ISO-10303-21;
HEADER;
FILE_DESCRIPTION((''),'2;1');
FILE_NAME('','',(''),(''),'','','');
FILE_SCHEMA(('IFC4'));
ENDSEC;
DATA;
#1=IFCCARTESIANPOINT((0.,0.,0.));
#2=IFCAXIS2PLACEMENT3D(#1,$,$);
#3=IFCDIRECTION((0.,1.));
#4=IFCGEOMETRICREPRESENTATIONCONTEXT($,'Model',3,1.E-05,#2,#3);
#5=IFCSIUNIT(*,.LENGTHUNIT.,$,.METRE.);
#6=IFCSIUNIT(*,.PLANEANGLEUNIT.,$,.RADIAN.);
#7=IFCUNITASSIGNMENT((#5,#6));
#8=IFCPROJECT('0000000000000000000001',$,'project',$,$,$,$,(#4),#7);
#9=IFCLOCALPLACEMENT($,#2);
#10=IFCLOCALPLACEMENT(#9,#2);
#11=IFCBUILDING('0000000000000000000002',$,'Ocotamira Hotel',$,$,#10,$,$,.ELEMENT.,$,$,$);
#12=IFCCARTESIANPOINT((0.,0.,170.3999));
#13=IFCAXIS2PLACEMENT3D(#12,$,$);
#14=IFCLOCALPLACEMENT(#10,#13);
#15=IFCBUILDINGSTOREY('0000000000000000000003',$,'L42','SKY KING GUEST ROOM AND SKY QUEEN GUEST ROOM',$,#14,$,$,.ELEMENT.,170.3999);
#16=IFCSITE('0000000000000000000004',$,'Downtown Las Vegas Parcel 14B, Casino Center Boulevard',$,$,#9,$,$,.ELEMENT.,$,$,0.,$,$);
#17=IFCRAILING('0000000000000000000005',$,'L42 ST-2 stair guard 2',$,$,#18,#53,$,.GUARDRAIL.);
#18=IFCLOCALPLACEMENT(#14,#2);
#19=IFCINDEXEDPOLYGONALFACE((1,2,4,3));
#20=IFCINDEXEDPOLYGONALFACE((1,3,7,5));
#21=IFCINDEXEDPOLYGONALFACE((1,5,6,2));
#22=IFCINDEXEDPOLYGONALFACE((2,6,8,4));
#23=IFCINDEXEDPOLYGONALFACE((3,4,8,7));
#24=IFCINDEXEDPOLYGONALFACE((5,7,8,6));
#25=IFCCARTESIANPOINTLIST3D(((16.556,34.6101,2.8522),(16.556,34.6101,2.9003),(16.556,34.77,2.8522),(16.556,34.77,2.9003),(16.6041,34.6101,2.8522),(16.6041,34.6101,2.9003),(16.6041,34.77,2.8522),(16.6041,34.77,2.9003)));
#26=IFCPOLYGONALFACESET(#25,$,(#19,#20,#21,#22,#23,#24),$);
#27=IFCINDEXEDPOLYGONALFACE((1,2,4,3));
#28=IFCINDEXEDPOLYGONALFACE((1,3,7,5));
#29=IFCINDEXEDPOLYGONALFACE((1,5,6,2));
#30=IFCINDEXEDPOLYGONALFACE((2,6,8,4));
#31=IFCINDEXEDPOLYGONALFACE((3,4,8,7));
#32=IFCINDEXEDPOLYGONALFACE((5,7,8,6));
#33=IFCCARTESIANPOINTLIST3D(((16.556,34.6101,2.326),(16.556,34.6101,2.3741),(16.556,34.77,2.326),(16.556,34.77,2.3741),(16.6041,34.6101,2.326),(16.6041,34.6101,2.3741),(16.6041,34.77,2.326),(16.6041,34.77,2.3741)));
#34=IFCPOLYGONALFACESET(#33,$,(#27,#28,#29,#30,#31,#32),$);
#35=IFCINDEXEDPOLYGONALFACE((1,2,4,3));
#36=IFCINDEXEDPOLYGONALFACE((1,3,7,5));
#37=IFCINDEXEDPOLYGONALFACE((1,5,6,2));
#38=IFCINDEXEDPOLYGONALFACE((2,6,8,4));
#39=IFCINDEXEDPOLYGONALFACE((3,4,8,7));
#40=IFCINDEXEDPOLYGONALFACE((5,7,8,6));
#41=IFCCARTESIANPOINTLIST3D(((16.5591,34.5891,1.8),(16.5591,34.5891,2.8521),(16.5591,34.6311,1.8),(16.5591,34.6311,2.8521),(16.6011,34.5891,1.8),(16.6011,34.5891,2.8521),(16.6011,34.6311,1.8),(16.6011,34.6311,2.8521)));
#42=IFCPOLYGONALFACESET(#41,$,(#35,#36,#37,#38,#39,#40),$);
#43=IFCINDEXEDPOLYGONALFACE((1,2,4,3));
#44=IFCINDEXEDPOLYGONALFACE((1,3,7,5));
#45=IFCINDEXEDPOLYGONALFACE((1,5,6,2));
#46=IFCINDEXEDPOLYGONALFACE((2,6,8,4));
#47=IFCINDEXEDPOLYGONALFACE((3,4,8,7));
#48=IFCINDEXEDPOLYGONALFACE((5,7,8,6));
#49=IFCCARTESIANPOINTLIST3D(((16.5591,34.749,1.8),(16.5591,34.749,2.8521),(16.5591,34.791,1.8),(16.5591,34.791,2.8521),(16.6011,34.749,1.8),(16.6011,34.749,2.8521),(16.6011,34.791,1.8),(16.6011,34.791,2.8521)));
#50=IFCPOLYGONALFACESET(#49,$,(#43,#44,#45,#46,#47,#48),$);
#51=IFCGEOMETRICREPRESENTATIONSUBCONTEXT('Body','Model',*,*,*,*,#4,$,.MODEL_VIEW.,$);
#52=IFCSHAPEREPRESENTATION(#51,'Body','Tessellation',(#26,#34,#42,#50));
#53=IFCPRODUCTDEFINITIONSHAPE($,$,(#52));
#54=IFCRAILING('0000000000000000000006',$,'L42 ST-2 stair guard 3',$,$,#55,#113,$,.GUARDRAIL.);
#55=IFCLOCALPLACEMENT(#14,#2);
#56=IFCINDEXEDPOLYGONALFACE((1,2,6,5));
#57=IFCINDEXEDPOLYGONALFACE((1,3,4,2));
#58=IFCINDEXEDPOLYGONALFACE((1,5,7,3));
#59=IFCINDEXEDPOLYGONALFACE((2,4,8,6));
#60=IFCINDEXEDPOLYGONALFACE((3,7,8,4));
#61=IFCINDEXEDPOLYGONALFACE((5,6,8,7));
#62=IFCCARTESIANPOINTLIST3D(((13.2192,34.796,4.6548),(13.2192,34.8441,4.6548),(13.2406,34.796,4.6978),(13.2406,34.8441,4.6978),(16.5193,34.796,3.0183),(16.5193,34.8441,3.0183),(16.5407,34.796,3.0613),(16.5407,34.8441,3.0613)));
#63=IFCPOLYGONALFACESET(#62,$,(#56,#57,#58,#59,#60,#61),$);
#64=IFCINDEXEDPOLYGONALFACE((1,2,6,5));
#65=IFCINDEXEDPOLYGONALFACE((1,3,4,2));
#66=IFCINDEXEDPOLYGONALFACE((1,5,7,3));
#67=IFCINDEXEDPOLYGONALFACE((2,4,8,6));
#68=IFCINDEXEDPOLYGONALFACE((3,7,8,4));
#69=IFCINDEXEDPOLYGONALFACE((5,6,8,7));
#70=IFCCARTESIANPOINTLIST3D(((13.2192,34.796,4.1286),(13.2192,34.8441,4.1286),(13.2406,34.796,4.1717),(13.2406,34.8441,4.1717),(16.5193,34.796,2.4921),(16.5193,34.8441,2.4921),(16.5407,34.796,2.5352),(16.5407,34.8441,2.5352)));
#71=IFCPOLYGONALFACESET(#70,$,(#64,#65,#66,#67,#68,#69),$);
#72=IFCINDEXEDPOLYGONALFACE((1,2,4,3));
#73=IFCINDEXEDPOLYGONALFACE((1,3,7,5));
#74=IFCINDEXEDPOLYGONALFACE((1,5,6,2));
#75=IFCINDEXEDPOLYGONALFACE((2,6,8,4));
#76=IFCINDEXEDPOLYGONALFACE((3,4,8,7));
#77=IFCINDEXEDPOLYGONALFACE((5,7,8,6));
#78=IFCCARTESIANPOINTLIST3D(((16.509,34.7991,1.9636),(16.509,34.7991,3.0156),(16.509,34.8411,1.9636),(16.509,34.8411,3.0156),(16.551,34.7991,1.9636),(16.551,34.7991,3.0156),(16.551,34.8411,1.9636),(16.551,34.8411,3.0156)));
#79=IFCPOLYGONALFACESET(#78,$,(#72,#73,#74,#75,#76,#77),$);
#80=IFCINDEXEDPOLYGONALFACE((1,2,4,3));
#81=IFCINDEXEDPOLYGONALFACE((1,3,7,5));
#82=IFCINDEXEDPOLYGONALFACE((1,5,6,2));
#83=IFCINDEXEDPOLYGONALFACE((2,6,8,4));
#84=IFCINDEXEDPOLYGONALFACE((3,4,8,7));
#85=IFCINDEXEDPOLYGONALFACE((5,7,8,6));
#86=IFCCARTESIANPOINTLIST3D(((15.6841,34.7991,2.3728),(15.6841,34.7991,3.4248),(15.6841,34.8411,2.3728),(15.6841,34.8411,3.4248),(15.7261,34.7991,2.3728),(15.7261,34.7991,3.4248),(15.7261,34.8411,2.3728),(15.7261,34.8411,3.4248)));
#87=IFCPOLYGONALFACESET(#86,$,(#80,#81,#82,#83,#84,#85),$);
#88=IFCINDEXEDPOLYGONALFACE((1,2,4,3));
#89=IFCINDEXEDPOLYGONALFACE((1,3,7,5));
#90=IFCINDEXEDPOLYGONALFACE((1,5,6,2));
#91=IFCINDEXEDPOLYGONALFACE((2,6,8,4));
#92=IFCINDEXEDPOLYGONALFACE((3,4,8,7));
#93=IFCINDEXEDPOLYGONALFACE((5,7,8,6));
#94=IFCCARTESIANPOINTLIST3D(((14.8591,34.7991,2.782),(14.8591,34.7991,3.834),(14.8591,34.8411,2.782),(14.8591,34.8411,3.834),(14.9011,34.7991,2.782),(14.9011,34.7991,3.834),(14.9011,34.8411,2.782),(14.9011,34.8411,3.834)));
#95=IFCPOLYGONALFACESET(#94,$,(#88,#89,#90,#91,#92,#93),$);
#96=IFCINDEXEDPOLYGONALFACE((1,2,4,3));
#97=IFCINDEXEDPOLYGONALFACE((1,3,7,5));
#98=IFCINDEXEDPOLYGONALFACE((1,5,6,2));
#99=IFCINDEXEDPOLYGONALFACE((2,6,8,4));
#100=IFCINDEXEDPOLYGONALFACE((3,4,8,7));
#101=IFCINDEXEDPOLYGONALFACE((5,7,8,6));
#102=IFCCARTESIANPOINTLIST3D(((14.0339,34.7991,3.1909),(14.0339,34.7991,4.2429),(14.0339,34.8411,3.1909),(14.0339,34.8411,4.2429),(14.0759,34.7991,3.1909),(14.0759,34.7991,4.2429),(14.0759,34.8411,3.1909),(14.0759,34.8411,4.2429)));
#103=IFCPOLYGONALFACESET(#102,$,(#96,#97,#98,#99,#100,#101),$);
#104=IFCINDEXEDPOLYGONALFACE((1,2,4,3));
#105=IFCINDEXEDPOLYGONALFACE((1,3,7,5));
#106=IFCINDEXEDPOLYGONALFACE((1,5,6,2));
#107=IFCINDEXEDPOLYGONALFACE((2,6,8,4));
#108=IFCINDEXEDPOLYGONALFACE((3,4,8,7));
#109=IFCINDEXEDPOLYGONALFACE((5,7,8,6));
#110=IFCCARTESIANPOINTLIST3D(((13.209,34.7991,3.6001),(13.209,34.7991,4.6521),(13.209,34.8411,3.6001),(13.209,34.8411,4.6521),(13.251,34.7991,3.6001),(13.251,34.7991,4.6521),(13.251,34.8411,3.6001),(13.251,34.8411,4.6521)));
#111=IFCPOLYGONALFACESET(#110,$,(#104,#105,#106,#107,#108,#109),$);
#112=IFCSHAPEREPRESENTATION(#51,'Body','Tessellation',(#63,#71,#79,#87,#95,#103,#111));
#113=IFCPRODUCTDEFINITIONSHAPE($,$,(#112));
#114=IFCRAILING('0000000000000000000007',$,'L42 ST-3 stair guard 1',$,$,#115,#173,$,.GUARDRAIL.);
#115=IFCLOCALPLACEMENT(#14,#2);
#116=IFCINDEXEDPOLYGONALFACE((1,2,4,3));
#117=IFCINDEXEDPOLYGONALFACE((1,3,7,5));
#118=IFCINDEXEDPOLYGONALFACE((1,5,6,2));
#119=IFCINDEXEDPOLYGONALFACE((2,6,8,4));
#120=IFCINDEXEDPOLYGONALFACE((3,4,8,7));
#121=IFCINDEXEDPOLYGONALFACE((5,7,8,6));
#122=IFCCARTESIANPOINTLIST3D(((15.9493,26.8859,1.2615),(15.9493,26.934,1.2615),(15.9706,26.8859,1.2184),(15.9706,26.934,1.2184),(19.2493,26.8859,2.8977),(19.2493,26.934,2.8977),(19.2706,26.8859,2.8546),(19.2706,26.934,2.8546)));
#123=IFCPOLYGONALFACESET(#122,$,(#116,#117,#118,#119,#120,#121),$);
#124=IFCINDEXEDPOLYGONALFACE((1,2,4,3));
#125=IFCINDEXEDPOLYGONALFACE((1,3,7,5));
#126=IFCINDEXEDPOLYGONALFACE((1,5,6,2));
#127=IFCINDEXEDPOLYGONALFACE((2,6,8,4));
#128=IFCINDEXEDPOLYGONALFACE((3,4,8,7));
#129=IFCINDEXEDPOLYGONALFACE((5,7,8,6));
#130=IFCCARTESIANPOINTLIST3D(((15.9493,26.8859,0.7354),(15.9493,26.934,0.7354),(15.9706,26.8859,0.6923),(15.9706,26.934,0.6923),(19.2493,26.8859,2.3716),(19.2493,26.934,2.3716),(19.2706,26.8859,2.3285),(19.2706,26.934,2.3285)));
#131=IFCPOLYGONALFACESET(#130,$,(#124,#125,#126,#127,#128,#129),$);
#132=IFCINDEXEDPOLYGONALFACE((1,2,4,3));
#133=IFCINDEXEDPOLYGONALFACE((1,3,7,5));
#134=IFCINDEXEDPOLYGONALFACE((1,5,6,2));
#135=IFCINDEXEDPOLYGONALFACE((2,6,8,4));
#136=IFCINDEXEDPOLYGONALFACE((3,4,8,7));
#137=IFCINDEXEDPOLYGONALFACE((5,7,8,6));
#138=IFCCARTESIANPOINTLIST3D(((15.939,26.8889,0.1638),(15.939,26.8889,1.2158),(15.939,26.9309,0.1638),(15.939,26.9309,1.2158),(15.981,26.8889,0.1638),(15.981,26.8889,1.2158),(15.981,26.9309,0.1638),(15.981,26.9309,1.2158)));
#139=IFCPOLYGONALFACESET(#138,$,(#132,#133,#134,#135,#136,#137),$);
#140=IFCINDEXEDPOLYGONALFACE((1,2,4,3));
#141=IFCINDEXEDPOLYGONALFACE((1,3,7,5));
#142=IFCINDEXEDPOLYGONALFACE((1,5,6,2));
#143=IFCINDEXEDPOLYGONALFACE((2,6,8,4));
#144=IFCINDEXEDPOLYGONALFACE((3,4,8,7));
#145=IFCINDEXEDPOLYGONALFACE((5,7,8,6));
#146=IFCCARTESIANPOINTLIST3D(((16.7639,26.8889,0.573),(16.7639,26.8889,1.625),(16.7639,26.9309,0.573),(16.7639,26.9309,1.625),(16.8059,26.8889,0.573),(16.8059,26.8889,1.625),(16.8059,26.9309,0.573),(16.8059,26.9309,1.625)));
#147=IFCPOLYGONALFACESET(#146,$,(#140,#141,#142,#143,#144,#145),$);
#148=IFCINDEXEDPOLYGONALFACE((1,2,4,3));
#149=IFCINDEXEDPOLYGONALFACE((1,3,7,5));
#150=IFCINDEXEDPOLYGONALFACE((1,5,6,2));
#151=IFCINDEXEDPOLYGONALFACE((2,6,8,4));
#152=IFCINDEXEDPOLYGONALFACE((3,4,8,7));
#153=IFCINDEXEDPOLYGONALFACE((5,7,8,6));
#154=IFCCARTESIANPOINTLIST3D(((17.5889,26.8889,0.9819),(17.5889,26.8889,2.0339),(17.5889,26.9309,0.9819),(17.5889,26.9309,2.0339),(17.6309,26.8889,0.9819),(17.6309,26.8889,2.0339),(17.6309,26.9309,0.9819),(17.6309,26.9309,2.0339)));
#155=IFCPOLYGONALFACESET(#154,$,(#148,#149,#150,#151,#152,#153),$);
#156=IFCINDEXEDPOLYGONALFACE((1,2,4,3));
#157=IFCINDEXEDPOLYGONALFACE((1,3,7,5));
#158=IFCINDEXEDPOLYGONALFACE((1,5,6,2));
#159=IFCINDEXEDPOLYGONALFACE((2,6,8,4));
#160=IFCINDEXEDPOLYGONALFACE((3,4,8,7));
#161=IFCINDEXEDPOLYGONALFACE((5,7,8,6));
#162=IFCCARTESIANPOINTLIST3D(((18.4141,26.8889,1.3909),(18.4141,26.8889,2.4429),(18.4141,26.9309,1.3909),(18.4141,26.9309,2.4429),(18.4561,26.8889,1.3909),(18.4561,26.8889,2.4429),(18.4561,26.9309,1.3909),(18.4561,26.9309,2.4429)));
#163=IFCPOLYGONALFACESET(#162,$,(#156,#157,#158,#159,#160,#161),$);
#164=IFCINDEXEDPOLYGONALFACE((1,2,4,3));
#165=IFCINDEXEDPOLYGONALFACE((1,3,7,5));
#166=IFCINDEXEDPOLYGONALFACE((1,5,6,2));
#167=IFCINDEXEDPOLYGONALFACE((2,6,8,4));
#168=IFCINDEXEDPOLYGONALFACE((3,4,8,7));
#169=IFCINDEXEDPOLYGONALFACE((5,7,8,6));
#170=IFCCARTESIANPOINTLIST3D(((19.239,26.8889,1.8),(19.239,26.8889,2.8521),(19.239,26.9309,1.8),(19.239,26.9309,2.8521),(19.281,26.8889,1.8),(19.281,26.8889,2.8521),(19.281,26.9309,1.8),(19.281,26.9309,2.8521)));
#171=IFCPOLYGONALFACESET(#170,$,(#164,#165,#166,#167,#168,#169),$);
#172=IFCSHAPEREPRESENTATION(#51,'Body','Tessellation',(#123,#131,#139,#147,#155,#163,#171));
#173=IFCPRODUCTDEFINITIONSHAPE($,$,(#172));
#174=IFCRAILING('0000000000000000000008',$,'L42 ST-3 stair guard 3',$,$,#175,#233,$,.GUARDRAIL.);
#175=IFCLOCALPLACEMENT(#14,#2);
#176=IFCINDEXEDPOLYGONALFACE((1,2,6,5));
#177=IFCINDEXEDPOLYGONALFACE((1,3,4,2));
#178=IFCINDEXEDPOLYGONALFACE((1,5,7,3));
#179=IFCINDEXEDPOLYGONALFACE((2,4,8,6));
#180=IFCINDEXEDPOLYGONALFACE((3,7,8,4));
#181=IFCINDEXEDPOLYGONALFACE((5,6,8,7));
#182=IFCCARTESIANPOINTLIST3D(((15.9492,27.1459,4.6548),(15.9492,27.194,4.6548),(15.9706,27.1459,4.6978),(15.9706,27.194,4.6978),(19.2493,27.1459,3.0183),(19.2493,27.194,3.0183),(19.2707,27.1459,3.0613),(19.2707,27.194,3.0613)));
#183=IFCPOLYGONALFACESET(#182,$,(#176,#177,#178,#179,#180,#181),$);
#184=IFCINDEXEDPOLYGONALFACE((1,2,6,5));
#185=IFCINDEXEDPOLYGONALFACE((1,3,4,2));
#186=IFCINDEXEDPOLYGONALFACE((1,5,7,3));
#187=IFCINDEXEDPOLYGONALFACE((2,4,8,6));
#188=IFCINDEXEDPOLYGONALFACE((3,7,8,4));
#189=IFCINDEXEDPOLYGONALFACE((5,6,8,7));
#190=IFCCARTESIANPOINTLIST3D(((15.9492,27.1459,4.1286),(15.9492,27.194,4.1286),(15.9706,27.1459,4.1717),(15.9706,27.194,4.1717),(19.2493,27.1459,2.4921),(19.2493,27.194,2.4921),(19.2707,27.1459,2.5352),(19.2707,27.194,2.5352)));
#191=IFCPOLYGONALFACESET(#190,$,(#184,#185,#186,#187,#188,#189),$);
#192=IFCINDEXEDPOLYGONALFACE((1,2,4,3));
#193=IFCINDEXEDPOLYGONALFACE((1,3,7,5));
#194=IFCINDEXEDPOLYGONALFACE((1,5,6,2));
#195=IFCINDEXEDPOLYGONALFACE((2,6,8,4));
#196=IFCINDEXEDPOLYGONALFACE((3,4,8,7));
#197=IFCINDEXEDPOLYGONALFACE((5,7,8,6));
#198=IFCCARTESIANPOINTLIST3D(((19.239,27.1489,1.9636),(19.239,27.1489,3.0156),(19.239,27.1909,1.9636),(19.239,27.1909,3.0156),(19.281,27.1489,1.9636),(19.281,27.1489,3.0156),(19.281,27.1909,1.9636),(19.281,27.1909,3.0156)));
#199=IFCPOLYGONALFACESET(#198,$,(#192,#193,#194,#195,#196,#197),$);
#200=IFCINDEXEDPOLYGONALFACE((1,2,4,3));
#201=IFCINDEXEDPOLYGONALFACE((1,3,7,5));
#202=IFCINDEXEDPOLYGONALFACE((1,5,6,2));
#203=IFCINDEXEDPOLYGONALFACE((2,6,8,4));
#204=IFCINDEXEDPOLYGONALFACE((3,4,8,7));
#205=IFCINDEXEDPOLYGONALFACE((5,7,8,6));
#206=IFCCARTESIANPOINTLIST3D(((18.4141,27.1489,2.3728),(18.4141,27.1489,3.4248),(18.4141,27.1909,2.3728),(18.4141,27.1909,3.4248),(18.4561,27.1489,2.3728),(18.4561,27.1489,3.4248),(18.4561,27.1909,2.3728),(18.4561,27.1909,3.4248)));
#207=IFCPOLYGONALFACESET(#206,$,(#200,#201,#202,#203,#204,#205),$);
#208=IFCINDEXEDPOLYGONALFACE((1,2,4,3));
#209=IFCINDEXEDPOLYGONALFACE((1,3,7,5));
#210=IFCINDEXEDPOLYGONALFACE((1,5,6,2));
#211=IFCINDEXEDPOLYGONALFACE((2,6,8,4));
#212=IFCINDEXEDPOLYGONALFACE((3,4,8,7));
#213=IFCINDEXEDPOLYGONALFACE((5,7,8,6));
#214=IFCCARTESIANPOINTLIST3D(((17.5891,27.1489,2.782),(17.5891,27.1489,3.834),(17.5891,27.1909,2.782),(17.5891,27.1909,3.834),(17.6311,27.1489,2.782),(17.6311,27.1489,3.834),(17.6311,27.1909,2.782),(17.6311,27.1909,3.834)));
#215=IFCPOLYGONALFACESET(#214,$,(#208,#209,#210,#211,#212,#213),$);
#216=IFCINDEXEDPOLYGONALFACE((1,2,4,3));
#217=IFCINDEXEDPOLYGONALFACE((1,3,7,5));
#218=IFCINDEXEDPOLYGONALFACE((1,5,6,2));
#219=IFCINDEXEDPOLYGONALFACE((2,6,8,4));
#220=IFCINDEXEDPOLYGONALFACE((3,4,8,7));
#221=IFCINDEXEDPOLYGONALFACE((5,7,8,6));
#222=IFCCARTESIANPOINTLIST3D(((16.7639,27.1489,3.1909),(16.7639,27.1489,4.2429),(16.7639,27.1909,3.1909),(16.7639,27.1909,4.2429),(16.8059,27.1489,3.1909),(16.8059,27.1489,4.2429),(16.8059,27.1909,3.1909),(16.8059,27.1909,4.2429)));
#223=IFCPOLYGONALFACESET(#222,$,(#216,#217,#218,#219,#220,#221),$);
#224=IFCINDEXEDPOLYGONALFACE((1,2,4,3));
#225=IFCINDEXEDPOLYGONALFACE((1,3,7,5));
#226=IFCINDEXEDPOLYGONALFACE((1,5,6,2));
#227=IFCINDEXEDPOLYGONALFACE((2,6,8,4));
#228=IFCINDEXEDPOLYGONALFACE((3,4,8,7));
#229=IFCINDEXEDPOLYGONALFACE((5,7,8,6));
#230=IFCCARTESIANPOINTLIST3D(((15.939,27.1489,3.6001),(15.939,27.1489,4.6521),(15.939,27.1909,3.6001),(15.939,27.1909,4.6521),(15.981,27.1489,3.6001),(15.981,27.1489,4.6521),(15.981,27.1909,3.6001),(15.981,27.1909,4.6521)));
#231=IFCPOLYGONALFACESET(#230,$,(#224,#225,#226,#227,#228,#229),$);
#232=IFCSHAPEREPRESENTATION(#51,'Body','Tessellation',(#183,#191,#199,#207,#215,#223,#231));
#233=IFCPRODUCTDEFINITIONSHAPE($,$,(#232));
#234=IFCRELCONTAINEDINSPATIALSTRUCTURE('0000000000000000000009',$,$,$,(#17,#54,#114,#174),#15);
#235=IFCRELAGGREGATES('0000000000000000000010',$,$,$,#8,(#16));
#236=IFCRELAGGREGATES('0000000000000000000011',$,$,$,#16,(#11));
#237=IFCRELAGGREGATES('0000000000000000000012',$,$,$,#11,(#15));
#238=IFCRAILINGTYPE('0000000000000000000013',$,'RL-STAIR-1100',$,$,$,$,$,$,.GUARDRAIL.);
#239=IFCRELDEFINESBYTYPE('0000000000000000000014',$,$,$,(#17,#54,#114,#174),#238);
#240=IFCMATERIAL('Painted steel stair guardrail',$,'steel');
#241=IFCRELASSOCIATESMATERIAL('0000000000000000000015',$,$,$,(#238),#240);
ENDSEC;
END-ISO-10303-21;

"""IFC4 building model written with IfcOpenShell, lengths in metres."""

from ifc_helpers import new_model, si_unit, direction, frame, origin, origin_2d, place, context, subcontext, project, spatial, rectangle, extrude, material, type_object, element, save


model = new_model("IFC4")

# Units and contexts
model_context = context("Model", 3, precision=1e-05, world=origin(), true_north=direction((0.0, 1.0)))
body_context = subcontext(model_context, "Body", "Model", "MODEL_VIEW")
ifc_project = project(units=[si_unit("LENGTHUNIT", "METRE"), si_unit("PLANEANGLEUNIT", "RADIAN")], contexts=[model_context])

# Site, building, storey
site_placement = place(None, origin())
site = spatial("IfcSite", under=ifc_project, at=site_placement, Name="Downtown Las Vegas Parcel 14B, Casino Center Boulevard", CompositionType="ELEMENT", RefElevation=0.0)
building_placement = place(site_placement, origin())
building = spatial("IfcBuilding", under=site, at=building_placement, Name="Ocotamira Hotel", CompositionType="ELEMENT")
storey_placement = place(building_placement, frame((0.0, 0.0, 170.3999)))
storey = spatial("IfcBuildingStorey", under=building, at=storey_placement, Name="L42", Description="SKY KING GUEST ROOM AND SKY QUEEN GUEST ROOM", CompositionType="ELEMENT", Elevation=170.3999)

# Railings
ifc_material_1 = material(Name="Painted steel stair guardrail", Category="steel")
railing_type_1 = type_object("IfcRailingType", Name="RL-STAIR-1100", PredefinedType="GUARDRAIL", material=ifc_material_1)
railing_1_placement = place(storey_placement, frame((16.5801, 34.6101, 1.8)))
element("IfcRailing", 1, at=railing_1_placement, inside=storey, type_object=railing_type_1, Name="L42 ST-2 stair guard 2", PredefinedType="GUARDRAIL", context=body_context, shape_type="SweptSolid", body=[
    extrude(rectangle(XDim=0.0481, YDim=0.0481, at=origin_2d()), frame((0.0, 0.0, 1.0762), z_axis=(0.0, 1.0, 0.0), x_axis=(-1.0, 0.0, 0.0)), (0.0, 0.0, 1.0), 0.1599),
    extrude(rectangle(XDim=0.0481, YDim=0.0481, at=origin_2d()), frame((0.0, 0.0, 0.55), z_axis=(0.0, 1.0, 0.0), x_axis=(-1.0, 0.0, 0.0)), (0.0, 0.0, 1.0), 0.1599),
    extrude(rectangle(XDim=0.042, YDim=0.042, at=origin_2d()), origin(), (0.0, 0.0, 1.0), 1.052),
    extrude(rectangle(XDim=0.042, YDim=0.042, at=origin_2d()), frame((0.0, 0.1599, 0.0)), (0.0, 0.0, 1.0), 1.052),
])
railing_2_placement = place(storey_placement, frame((16.53, 34.8201, 1.9636)))
element("IfcRailing", 2, at=railing_2_placement, inside=storey, type_object=railing_type_1, Name="L42 ST-2 stair guard 3", PredefinedType="GUARDRAIL", context=body_context, shape_type="SweptSolid", body=[
    extrude(rectangle(XDim=0.0481, YDim=0.0481, at=origin_2d()), frame((0.0, 0.0, 1.0762), z_axis=(-0.895894, 0.0, 0.444268), x_axis=(0.0, -1.0, 0.0)), (0.0, 0.0, 1.0), 3.6836),
    extrude(rectangle(XDim=0.0481, YDim=0.0481, at=origin_2d()), frame((0.0, 0.0, 0.55), z_axis=(-0.895894, 0.0, 0.444268), x_axis=(0.0, -1.0, 0.0)), (0.0, 0.0, 1.0), 3.6836),
    extrude(rectangle(XDim=0.042, YDim=0.042, at=origin_2d()), origin(), (0.0, 0.0, 1.0), 1.052),
    extrude(rectangle(XDim=0.042, YDim=0.042, at=origin_2d()), frame((-0.825, 0.0, 0.4092)), (0.0, 0.0, 1.0), 1.052),
    extrude(rectangle(XDim=0.042, YDim=0.042, at=origin_2d()), frame((-1.6499, 0.0, 0.8184)), (0.0, 0.0, 1.0), 1.052),
    extrude(rectangle(XDim=0.042, YDim=0.042, at=origin_2d()), frame((-2.4751, 0.0, 1.2273)), (0.0, 0.0, 1.0), 1.052),
    extrude(rectangle(XDim=0.042, YDim=0.042, at=origin_2d()), frame((-3.3, 0.0, 1.6365)), (0.0, 0.0, 1.0), 1.052),
])
railing_3_placement = place(storey_placement, frame((15.96, 26.9099, 0.1638)))
element("IfcRailing", 3, at=railing_3_placement, inside=storey, type_object=railing_type_1, Name="L42 ST-3 stair guard 1", PredefinedType="GUARDRAIL", context=body_context, shape_type="SweptSolid", body=[
    extrude(rectangle(XDim=0.0481, YDim=0.0481, at=origin_2d()), frame((0.0, 0.0, 1.0762), z_axis=(0.89592, 0.0, 0.444215), x_axis=(0.0, 1.0, 0.0)), (0.0, 0.0, 1.0), 3.6833),
    extrude(rectangle(XDim=0.0481, YDim=0.0481, at=origin_2d()), frame((0.0, 0.0, 0.55), z_axis=(0.89592, 0.0, 0.444215), x_axis=(0.0, 1.0, 0.0)), (0.0, 0.0, 1.0), 3.6833),
    extrude(rectangle(XDim=0.042, YDim=0.042, at=origin_2d()), origin(), (0.0, 0.0, 1.0), 1.052),
    extrude(rectangle(XDim=0.042, YDim=0.042, at=origin_2d()), frame((0.825, 0.0, 0.4092)), (0.0, 0.0, 1.0), 1.052),
    extrude(rectangle(XDim=0.042, YDim=0.042, at=origin_2d()), frame((1.6499, 0.0, 0.8181)), (0.0, 0.0, 1.0), 1.052),
    extrude(rectangle(XDim=0.042, YDim=0.042, at=origin_2d()), frame((2.4751, 0.0, 1.2271)), (0.0, 0.0, 1.0), 1.052),
    extrude(rectangle(XDim=0.042, YDim=0.042, at=origin_2d()), frame((3.3, 0.0, 1.6362)), (0.0, 0.0, 1.0), 1.052),
])
railing_4_placement = place(storey_placement, frame((19.26, 27.1699, 1.9636)))
element("IfcRailing", 4, at=railing_4_placement, inside=storey, type_object=railing_type_1, Name="L42 ST-3 stair guard 3", PredefinedType="GUARDRAIL", context=body_context, shape_type="SweptSolid", body=[
    extrude(rectangle(XDim=0.0481, YDim=0.0481, at=origin_2d()), frame((0.0, 0.0, 1.0762), z_axis=(-0.895894, 0.0, 0.444268), x_axis=(0.0, -1.0, 0.0)), (0.0, 0.0, 1.0), 3.6836),
    extrude(rectangle(XDim=0.0481, YDim=0.0481, at=origin_2d()), frame((0.0, 0.0, 0.55), z_axis=(-0.895894, 0.0, 0.444268), x_axis=(0.0, -1.0, 0.0)), (0.0, 0.0, 1.0), 3.6836),
    extrude(rectangle(XDim=0.042, YDim=0.042, at=origin_2d()), origin(), (0.0, 0.0, 1.0), 1.052),
    extrude(rectangle(XDim=0.042, YDim=0.042, at=origin_2d()), frame((-0.825, 0.0, 0.4092)), (0.0, 0.0, 1.0), 1.052),
    extrude(rectangle(XDim=0.042, YDim=0.042, at=origin_2d()), frame((-1.6499, 0.0, 0.8184)), (0.0, 0.0, 1.0), 1.052),
    extrude(rectangle(XDim=0.042, YDim=0.042, at=origin_2d()), frame((-2.4751, 0.0, 1.2273)), (0.0, 0.0, 1.0), 1.052),
    extrude(rectangle(XDim=0.042, YDim=0.042, at=origin_2d()), frame((-3.3, 0.0, 1.6365)), (0.0, 0.0, 1.0), 1.052),
])

save(model, "model.ifc")
